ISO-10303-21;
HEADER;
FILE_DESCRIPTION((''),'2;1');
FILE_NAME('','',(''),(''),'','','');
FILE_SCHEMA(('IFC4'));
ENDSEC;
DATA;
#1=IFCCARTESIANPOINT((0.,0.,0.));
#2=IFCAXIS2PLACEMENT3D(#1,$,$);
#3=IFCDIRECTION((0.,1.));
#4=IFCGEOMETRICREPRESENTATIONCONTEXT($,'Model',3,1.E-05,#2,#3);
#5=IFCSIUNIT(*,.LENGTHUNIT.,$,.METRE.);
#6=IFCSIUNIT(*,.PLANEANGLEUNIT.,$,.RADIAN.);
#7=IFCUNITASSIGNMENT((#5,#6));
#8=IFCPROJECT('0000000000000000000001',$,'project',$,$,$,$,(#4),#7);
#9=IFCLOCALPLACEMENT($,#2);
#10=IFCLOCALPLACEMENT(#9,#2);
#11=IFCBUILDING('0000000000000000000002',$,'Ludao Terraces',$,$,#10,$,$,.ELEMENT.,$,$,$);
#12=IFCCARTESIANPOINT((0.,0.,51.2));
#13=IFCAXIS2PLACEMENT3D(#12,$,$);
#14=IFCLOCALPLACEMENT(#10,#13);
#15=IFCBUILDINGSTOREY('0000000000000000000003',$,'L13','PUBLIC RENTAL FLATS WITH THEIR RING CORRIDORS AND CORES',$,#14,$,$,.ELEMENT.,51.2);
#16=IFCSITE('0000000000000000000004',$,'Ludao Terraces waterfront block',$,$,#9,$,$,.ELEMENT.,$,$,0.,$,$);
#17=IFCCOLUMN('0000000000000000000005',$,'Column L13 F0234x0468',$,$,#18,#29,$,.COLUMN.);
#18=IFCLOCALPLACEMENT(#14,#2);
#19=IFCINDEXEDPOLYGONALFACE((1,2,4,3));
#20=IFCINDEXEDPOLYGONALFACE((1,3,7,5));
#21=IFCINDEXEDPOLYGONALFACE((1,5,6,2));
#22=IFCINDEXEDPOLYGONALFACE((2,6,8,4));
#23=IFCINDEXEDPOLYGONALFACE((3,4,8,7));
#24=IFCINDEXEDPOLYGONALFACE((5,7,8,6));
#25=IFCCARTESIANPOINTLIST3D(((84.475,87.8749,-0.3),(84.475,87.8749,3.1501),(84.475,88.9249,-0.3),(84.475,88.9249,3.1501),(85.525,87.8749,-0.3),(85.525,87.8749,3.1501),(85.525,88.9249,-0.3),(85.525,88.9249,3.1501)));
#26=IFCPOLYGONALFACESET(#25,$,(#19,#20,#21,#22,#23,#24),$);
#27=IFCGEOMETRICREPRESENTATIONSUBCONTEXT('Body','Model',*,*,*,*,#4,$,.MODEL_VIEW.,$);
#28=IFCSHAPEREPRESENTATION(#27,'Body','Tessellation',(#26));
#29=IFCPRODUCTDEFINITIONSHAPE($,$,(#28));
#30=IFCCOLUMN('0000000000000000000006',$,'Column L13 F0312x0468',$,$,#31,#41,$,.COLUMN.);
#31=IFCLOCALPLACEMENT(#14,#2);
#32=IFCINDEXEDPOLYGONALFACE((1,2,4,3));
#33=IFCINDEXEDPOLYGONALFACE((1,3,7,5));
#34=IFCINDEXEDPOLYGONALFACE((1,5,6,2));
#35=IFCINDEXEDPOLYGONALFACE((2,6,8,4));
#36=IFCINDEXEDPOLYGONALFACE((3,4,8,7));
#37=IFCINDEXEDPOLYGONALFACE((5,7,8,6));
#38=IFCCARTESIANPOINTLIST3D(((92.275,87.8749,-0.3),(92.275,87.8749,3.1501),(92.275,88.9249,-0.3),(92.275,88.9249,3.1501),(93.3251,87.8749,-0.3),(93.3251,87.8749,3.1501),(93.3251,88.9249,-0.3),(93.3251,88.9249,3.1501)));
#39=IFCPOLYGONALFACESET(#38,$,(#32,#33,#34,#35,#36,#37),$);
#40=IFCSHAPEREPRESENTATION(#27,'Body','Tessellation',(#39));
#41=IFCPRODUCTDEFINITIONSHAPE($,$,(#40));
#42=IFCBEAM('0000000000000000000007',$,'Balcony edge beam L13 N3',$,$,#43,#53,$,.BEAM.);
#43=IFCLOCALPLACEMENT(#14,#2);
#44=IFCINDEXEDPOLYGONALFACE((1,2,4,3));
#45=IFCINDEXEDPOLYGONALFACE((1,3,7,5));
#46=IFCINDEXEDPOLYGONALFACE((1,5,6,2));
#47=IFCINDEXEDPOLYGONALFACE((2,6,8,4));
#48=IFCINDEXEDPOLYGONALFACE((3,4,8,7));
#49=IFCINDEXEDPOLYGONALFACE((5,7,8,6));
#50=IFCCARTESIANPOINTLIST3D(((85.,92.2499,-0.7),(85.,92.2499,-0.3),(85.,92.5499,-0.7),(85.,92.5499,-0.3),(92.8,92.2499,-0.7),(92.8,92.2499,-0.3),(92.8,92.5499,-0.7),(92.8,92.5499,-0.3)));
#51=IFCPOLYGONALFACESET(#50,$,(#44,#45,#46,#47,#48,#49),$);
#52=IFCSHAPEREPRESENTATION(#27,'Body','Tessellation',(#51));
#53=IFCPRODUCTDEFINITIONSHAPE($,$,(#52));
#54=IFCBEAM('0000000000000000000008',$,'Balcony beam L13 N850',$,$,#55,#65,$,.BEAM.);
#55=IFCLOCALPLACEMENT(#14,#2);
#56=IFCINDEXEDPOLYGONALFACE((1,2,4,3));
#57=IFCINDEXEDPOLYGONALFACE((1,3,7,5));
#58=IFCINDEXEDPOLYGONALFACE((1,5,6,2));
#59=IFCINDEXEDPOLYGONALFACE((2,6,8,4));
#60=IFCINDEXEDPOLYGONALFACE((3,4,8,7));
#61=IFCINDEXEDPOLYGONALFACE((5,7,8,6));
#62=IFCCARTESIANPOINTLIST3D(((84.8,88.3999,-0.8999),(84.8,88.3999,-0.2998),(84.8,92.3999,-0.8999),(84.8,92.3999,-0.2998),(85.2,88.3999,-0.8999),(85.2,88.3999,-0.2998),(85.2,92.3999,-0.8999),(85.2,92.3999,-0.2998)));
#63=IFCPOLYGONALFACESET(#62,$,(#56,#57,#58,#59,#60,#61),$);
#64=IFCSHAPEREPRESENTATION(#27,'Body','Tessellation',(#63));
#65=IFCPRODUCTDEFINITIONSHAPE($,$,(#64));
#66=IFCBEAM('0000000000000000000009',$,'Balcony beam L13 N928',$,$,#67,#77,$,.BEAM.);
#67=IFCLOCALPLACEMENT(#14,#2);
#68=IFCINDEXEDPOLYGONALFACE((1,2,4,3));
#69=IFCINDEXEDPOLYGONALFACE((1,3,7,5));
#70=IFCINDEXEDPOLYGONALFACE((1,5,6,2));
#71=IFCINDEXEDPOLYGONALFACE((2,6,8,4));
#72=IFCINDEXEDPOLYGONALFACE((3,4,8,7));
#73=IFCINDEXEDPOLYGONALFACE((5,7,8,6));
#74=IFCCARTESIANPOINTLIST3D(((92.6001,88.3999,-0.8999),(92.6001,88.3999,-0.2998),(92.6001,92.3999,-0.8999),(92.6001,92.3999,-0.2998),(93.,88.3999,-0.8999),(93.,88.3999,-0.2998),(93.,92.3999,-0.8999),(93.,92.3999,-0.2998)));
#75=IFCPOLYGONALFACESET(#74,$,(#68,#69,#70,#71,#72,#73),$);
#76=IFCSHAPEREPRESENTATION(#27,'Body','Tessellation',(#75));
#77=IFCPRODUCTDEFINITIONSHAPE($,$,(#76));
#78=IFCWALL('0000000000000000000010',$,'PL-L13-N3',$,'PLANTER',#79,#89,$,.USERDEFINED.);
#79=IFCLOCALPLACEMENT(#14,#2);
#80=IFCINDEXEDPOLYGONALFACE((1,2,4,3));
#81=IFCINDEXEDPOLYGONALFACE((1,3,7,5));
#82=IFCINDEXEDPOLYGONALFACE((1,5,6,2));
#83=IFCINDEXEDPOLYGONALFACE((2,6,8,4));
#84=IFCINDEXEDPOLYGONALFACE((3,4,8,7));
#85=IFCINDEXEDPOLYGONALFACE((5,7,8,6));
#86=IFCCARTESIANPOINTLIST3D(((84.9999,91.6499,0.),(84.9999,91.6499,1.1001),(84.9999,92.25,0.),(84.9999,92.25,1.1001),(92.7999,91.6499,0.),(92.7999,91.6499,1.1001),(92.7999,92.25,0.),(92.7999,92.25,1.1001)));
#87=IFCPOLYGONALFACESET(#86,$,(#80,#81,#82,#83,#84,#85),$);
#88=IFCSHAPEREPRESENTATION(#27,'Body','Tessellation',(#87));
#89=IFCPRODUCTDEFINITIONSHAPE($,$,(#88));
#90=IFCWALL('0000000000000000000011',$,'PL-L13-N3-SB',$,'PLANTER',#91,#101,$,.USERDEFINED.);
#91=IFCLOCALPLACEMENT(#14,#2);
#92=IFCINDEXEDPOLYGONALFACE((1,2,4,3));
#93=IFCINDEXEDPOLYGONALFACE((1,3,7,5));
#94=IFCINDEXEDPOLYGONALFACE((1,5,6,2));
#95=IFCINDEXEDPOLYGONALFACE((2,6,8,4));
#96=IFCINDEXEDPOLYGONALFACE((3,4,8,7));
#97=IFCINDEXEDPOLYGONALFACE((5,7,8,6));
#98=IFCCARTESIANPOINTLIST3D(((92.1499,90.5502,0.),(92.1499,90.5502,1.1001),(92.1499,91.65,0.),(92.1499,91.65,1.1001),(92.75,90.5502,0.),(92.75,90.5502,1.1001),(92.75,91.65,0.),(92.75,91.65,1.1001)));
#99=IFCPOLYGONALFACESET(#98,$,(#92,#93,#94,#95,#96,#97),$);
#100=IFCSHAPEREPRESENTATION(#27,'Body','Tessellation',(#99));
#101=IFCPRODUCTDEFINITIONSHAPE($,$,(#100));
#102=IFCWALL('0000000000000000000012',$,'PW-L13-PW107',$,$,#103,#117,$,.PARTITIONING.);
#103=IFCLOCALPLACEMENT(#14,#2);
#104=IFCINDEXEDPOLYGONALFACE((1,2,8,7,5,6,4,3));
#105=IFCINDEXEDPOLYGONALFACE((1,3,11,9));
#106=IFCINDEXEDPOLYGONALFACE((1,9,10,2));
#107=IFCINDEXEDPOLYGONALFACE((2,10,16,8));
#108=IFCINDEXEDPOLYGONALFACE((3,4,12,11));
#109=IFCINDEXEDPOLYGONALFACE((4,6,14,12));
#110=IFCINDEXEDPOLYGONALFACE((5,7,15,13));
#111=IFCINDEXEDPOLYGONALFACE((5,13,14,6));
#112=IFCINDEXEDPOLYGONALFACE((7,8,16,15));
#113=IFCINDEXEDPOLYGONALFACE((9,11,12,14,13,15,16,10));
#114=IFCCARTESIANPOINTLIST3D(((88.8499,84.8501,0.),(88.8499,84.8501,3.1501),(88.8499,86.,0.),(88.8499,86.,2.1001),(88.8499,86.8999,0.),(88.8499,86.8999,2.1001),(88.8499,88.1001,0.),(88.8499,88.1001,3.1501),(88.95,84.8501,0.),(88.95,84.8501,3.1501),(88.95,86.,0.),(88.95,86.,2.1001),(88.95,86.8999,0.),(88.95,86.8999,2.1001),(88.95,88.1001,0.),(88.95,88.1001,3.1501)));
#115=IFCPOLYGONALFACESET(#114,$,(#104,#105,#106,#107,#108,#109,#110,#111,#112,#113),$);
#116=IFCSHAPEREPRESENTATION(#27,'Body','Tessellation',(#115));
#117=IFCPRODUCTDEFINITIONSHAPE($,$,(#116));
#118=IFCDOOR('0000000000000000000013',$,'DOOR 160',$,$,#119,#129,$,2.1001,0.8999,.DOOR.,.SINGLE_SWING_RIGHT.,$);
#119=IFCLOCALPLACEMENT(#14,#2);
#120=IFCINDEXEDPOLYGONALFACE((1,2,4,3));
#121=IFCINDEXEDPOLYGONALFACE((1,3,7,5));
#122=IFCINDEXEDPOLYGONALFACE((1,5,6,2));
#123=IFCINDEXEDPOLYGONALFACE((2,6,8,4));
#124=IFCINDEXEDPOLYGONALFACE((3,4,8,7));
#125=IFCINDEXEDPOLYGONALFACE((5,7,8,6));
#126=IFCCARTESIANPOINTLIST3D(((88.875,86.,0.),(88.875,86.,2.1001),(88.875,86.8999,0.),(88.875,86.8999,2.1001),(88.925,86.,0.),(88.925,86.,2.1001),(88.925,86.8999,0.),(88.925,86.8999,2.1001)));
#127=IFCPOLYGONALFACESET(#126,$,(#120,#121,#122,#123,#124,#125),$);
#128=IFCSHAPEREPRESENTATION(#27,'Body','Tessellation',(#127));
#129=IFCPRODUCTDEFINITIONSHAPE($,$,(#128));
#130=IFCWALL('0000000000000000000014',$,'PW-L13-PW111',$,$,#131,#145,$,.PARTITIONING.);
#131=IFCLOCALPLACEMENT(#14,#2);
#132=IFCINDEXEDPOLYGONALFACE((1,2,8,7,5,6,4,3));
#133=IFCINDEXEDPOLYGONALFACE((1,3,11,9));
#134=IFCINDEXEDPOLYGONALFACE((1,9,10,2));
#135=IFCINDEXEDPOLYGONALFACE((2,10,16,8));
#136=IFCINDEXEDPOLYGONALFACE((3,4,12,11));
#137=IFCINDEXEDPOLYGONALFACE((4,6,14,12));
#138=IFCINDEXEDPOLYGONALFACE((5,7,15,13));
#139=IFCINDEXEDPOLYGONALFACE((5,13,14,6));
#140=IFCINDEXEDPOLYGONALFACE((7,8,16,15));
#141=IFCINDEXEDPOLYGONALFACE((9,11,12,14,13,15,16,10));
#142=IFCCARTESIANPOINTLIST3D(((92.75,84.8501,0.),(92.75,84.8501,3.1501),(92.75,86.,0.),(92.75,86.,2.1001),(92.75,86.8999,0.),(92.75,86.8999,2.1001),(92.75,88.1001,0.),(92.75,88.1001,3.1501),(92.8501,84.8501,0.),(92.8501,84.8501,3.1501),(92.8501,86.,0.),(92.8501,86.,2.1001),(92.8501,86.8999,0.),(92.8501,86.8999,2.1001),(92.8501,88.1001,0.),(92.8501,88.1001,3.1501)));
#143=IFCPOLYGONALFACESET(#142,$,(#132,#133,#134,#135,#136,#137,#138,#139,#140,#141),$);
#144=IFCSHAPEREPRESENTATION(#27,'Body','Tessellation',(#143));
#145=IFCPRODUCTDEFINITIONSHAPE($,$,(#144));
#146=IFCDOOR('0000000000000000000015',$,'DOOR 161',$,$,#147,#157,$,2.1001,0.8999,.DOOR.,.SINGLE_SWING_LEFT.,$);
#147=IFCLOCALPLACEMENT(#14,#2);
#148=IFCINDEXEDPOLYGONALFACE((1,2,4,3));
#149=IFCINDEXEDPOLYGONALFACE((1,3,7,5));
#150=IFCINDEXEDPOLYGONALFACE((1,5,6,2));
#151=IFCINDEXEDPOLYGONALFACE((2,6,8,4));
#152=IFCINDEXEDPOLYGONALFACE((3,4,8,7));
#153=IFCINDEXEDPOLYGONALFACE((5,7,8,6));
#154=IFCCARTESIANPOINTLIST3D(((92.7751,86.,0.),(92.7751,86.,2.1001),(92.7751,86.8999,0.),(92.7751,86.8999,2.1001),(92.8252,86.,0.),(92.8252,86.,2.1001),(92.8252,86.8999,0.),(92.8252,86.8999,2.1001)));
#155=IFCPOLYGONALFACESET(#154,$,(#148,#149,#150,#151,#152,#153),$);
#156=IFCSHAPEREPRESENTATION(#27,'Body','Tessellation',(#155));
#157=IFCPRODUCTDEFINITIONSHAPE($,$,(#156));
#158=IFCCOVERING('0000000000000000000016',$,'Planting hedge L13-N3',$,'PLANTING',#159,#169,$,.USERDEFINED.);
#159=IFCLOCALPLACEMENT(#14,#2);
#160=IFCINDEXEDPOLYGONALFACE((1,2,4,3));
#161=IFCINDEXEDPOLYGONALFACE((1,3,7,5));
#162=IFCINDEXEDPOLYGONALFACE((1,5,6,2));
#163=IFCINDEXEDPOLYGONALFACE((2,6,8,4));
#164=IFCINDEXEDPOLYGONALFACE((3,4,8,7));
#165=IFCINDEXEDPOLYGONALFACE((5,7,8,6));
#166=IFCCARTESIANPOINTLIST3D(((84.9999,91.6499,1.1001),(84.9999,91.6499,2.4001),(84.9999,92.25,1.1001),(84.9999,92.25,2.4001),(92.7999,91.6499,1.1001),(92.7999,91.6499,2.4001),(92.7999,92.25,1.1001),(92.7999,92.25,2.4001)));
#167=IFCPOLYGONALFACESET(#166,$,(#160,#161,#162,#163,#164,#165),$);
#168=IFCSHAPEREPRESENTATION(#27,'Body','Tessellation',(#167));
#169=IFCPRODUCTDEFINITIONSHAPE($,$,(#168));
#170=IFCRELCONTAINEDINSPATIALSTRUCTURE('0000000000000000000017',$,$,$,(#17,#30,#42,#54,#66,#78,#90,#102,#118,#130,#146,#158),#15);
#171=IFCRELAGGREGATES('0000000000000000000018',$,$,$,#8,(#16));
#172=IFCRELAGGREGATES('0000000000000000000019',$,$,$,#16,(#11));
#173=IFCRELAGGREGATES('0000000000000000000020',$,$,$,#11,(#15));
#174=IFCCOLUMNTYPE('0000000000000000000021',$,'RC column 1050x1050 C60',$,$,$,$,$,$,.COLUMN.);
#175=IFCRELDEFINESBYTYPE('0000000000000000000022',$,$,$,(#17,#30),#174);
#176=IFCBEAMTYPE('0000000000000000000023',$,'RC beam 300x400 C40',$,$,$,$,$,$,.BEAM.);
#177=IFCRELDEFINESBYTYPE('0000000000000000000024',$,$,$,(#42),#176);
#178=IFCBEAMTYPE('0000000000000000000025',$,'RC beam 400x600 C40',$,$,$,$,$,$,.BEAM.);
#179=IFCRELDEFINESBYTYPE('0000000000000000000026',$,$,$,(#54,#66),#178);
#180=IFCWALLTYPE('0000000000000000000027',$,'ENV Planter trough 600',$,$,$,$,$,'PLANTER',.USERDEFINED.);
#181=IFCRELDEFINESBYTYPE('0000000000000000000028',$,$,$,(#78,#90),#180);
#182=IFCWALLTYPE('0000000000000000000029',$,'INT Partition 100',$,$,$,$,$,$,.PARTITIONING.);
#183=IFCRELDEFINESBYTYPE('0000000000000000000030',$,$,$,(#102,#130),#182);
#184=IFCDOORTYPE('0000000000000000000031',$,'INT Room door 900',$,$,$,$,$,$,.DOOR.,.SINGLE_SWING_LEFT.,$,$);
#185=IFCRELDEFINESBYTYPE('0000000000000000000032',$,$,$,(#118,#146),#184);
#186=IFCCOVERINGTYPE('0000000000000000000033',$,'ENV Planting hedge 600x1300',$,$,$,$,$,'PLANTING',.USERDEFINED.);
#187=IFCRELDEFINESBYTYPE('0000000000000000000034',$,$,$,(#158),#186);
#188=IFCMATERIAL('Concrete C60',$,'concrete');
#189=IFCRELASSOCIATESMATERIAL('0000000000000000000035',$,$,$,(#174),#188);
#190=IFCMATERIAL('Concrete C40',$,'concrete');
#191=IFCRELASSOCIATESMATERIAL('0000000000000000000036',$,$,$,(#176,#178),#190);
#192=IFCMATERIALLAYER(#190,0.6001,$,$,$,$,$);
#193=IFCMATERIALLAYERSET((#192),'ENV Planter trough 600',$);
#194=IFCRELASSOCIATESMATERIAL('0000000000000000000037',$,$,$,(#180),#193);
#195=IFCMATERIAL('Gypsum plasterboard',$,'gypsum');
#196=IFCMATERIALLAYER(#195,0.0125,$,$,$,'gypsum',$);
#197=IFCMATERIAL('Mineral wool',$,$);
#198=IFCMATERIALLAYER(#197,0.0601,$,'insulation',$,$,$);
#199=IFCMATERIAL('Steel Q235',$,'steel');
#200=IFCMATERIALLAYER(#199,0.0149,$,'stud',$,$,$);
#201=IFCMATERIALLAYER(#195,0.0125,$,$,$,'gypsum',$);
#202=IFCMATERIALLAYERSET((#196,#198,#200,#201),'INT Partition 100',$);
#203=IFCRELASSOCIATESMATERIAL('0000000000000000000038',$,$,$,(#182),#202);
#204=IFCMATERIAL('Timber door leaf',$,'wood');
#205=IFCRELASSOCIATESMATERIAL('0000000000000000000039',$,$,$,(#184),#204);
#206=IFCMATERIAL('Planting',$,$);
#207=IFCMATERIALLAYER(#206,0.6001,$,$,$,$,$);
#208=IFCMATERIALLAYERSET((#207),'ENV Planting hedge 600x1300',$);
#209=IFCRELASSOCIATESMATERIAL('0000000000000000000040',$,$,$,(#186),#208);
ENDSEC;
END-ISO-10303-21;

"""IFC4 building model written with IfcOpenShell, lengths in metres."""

from ifc_helpers import new_model, si_unit, direction, frame, frame_2d, origin, origin_2d, place, context, subcontext, project, spatial, rectangle, extrude, material, layer, layer_set, material_profile, profile_set, type_object, element, fill, save


model = new_model("IFC4")

# Units and contexts
model_context = context("Model", 3, precision=1e-05, world=origin(), true_north=direction((0.0, 1.0)))
body_context = subcontext(model_context, "Body", "Model", "MODEL_VIEW")
ifc_project = project(units=[si_unit("LENGTHUNIT", "METRE"), si_unit("PLANEANGLEUNIT", "RADIAN")], contexts=[model_context])

# Site, building, storey
site_placement = place(None, origin())
site = spatial("IfcSite", under=ifc_project, at=site_placement, Name="Ludao Terraces waterfront block", CompositionType="ELEMENT", RefElevation=0.0)
building_placement = place(site_placement, origin())
building = spatial("IfcBuilding", under=site, at=building_placement, Name="Ludao Terraces", CompositionType="ELEMENT")
storey_placement = place(building_placement, frame((0.0, 0.0, 51.2)))
storey = spatial("IfcBuildingStorey", under=building, at=storey_placement, Name="L13", Description="PUBLIC RENTAL FLATS WITH THEIR RING CORRIDORS AND CORES", CompositionType="ELEMENT", Elevation=51.2)

# Columns
ifc_material_1 = material(Name="Concrete C60", Category="concrete")
ifc_material_profile_1 = material_profile(ifc_material_1, rectangle(XDim=1.05, YDim=1.05, at=origin_2d()), Name="1050 X 1050")
ifc_profile_set_1 = profile_set([ifc_material_profile_1], Name="Concrete C60")
column_type = type_object("IfcColumnType", Name="RC column 1050x1050 C60", PredefinedType="COLUMN", material=ifc_profile_set_1)
for number, where, z_axis, x_axis, name in (
    (1, (85.0, 88.3999, -0.3), (0.0, 0.0, 1.0), (1.0, 0.0, 0.0), "Column L13 F0234x0468"),
    (2, (92.8, 88.3999, -0.3), (0.0, 0.0, 1.0), (1.0, 0.0, 0.0), "Column L13 F0312x0468"),
):
    element("IfcColumn", number, at=place(storey_placement, frame(where, z_axis=z_axis, x_axis=x_axis)), inside=storey, type_object=column_type, Name=name, PredefinedType="COLUMN", context=body_context, shape_type="SweptSolid", body=[
        extrude(rectangle(XDim=1.05, YDim=1.05, at=origin_2d()), origin(), (0.0, 0.0, 1.0), 3.4502),
    ])

# Beams
ifc_material_2 = material(Name="Concrete C40", Category="concrete")
ifc_material_profile_2 = material_profile(ifc_material_2, rectangle(XDim=0.3, YDim=0.3999, at=origin_2d()), Name="300 X 400")
ifc_profile_set_2 = profile_set([ifc_material_profile_2], Name="Concrete C40")
beam_type_1 = type_object("IfcBeamType", Name="RC beam 300x400 C40", PredefinedType="BEAM", material=ifc_profile_set_2)
beam_placement = place(storey_placement, frame((85.0, 92.3999, -0.5), z_axis=(1.0, 0.0, 0.0), x_axis=(0.0, 1.0, 0.0)))
element("IfcBeam", 3, at=beam_placement, inside=storey, type_object=beam_type_1, Name="Balcony edge beam L13 N3", PredefinedType="BEAM", context=body_context, shape_type="SweptSolid", body=[
    extrude(rectangle(XDim=0.3, YDim=0.3999, at=origin_2d()), origin(), (0.0, 0.0, 1.0), 7.8),
])
ifc_material_profile_3 = material_profile(ifc_material_2, rectangle(XDim=0.3999, YDim=0.6001, at=origin_2d()), Name="400 X 600")
ifc_profile_set_3 = profile_set([ifc_material_profile_3], Name="Concrete C40")
beam_type_2 = type_object("IfcBeamType", Name="RC beam 400x600 C40", PredefinedType="BEAM", material=ifc_profile_set_3)
for number, where, z_axis, x_axis, name in (
    (4, (85.0, 88.3999, -0.5999), (0.0, 1.0, 0.0), (-1.0, 0.0, 0.0), "Balcony beam L13 N850"),
    (5, (92.8, 88.3999, -0.5999), (0.0, 1.0, 0.0), (-1.0, 0.0, 0.0), "Balcony beam L13 N928"),
):
    element("IfcBeam", number, at=place(storey_placement, frame(where, z_axis=z_axis, x_axis=x_axis)), inside=storey, type_object=beam_type_2, Name=name, PredefinedType="BEAM", context=body_context, shape_type="SweptSolid", body=[
        extrude(rectangle(XDim=0.3999, YDim=0.6001, at=origin_2d()), origin(), (0.0, 0.0, 1.0), 4.0),
    ])

# Walls
ifc_layer_1 = layer(ifc_material_2, 0.6001)
ifc_layer_set_1 = layer_set([ifc_layer_1], Name="ENV Planter trough 600")
wall_type_1 = type_object("IfcWallType", Name="ENV Planter trough 600", ElementType="PLANTER", PredefinedType="USERDEFINED", material=ifc_layer_set_1)
wall_1_placement = place(storey_placement, frame((85.0, 91.95, 0.0), z_axis=(0.0, 0.0, 1.0), x_axis=(1.0, 0.0, 0.0)))
element("IfcWall", 6, at=wall_1_placement, inside=storey, type_object=wall_type_1, Name="PL-L13-N3", ObjectType="PLANTER", PredefinedType="USERDEFINED", context=body_context, shape_type="SweptSolid", body=[
    extrude(rectangle(XDim=7.8, YDim=0.6001, at=frame_2d((3.8999, 0.0))), origin(), (0.0, 0.0, 1.0), 1.1001),
])
wall_2_placement = place(storey_placement, frame((92.45, 91.6499, 0.0), z_axis=(0.0, 0.0, 1.0), x_axis=(0.0, -1.0, 0.0)))
element("IfcWall", 7, at=wall_2_placement, inside=storey, type_object=wall_type_1, Name="PL-L13-N3-SB", ObjectType="PLANTER", PredefinedType="USERDEFINED", context=body_context, shape_type="SweptSolid", body=[
    extrude(rectangle(XDim=1.0999, YDim=0.6001, at=frame_2d((0.5498, 0.0))), origin(), (0.0, 0.0, 1.0), 1.1001),
])

# Shared definitions
ifc_material_3 = material(Name="Mineral wool")

# Walls, openings, doors
ifc_material_4 = material(Name="Gypsum plasterboard", Category="gypsum")
ifc_layer_2 = layer(ifc_material_4, 0.0125, Category="gypsum")
ifc_layer_3 = layer(ifc_material_3, 0.0601, Name="insulation")
ifc_material_5 = material(Name="Steel Q235", Category="steel")
ifc_layer_4 = layer(ifc_material_5, 0.0149, Name="stud")
ifc_layer_5 = layer(ifc_material_4, 0.0125, Category="gypsum")
ifc_layer_set_2 = layer_set([ifc_layer_2, ifc_layer_3, ifc_layer_4, ifc_layer_5], Name="INT Partition 100")
wall_type_2 = type_object("IfcWallType", Name="INT Partition 100", PredefinedType="PARTITIONING", material=ifc_layer_set_2)
wall_3_placement = place(storey_placement, frame((88.8999, 84.8501, 0.0), z_axis=(0.0, 0.0, 1.0), x_axis=(0.0, 1.0, 0.0)))
wall_3 = element("IfcWall", 8, at=wall_3_placement, inside=storey, type_object=wall_type_2, Name="PW-L13-PW107", PredefinedType="PARTITIONING", context=body_context, shape_type="SweptSolid", body=[
    extrude(rectangle(XDim=3.25, YDim=0.1001, at=frame_2d((1.625, 0.0))), origin(), (0.0, 0.0, 1.0), 3.1501),
])
opening_1_placement = place(wall_3_placement, frame((1.1499, 0.0, 0.0)))
opening_1 = element("IfcOpeningElement", 9, at=opening_1_placement, cuts=wall_3, PredefinedType="OPENING", context=body_context, shape_type="SweptSolid", body=[
    extrude(rectangle(XDim=0.8999, YDim=2.1001, at=frame_2d((0.45, 1.05))), frame((0.0, 0.0601, 0.0), z_axis=(0.0, -1.0, 0.0), x_axis=(1.0, 0.0, 0.0)), (0.0, 0.0, 1.0), 0.1201),
])
ifc_material_6 = material(Name="Timber door leaf", Category="wood")
door_type_1 = type_object("IfcDoorType", Name="INT Room door 900", OperationType="SINGLE_SWING_LEFT", PredefinedType="DOOR", material=ifc_material_6)
door_1_placement = place(opening_1_placement, origin())
door_1 = element("IfcDoor", 10, at=door_1_placement, inside=storey, type_object=door_type_1, Name="DOOR 160", OperationType="SINGLE_SWING_RIGHT", OverallHeight=2.1001, OverallWidth=0.8999, PredefinedType="DOOR", context=body_context, shape_type="SweptSolid", body=[
    extrude(rectangle(XDim=0.8999, YDim=2.1001, at=frame_2d((0.45, 1.05))), frame((0.0, 0.0249, 0.0), z_axis=(0.0, -1.0, 0.0), x_axis=(1.0, 0.0, 0.0)), (0.0, 0.0, 1.0), 0.05),
])
fill(opening_1, door_1)
wall_4_placement = place(storey_placement, frame((92.8, 84.8501, 0.0), z_axis=(0.0, 0.0, 1.0), x_axis=(0.0, 1.0, 0.0)))
wall_4 = element("IfcWall", 11, at=wall_4_placement, inside=storey, type_object=wall_type_2, Name="PW-L13-PW111", PredefinedType="PARTITIONING", context=body_context, shape_type="SweptSolid", body=[
    extrude(rectangle(XDim=3.25, YDim=0.1001, at=frame_2d((1.625, 0.0))), origin(), (0.0, 0.0, 1.0), 3.1501),
])
opening_2_placement = place(wall_4_placement, frame((1.1499, 0.0, 0.0)))
opening_2 = element("IfcOpeningElement", 12, at=opening_2_placement, cuts=wall_4, PredefinedType="OPENING", context=body_context, shape_type="SweptSolid", body=[
    extrude(rectangle(XDim=0.8999, YDim=2.1001, at=frame_2d((0.45, 1.05))), frame((0.0, 0.0601, 0.0), z_axis=(0.0, -1.0, 0.0), x_axis=(1.0, 0.0, 0.0)), (0.0, 0.0, 1.0), 0.1201),
])
door_2_placement = place(opening_2_placement, origin())
door_2 = element("IfcDoor", 13, at=door_2_placement, inside=storey, type_object=door_type_1, Name="DOOR 161", OperationType="SINGLE_SWING_LEFT", OverallHeight=2.1001, OverallWidth=0.8999, PredefinedType="DOOR", context=body_context, shape_type="SweptSolid", body=[
    extrude(rectangle(XDim=0.8999, YDim=2.1001, at=frame_2d((0.45, 1.05))), frame((0.0, 0.0249, 0.0), z_axis=(0.0, -1.0, 0.0), x_axis=(1.0, 0.0, 0.0)), (0.0, 0.0, 1.0), 0.05),
])
fill(opening_2, door_2)

# Covering
ifc_material_7 = material(Name="Planting")
ifc_layer_6 = layer(ifc_material_7, 0.6001)
ifc_layer_set_3 = layer_set([ifc_layer_6], Name="ENV Planting hedge 600x1300")
covering_type = type_object("IfcCoveringType", Name="ENV Planting hedge 600x1300", ElementType="PLANTING", PredefinedType="USERDEFINED", material=ifc_layer_set_3)
covering_placement = place(storey_placement, frame((88.8999, 91.95, 1.1001), z_axis=(0.0, 0.0, 1.0), x_axis=(1.0, 0.0, 0.0)))
element("IfcCovering", 14, at=covering_placement, inside=storey, type_object=covering_type, Name="Planting hedge L13-N3", ObjectType="PLANTING", PredefinedType="USERDEFINED", context=body_context, shape_type="SweptSolid", body=[
    extrude(rectangle(XDim=7.8, YDim=0.6001, at=origin_2d()), origin(), (0.0, 0.0, 1.0), 1.3),
])

save(model, "model.ifc")
